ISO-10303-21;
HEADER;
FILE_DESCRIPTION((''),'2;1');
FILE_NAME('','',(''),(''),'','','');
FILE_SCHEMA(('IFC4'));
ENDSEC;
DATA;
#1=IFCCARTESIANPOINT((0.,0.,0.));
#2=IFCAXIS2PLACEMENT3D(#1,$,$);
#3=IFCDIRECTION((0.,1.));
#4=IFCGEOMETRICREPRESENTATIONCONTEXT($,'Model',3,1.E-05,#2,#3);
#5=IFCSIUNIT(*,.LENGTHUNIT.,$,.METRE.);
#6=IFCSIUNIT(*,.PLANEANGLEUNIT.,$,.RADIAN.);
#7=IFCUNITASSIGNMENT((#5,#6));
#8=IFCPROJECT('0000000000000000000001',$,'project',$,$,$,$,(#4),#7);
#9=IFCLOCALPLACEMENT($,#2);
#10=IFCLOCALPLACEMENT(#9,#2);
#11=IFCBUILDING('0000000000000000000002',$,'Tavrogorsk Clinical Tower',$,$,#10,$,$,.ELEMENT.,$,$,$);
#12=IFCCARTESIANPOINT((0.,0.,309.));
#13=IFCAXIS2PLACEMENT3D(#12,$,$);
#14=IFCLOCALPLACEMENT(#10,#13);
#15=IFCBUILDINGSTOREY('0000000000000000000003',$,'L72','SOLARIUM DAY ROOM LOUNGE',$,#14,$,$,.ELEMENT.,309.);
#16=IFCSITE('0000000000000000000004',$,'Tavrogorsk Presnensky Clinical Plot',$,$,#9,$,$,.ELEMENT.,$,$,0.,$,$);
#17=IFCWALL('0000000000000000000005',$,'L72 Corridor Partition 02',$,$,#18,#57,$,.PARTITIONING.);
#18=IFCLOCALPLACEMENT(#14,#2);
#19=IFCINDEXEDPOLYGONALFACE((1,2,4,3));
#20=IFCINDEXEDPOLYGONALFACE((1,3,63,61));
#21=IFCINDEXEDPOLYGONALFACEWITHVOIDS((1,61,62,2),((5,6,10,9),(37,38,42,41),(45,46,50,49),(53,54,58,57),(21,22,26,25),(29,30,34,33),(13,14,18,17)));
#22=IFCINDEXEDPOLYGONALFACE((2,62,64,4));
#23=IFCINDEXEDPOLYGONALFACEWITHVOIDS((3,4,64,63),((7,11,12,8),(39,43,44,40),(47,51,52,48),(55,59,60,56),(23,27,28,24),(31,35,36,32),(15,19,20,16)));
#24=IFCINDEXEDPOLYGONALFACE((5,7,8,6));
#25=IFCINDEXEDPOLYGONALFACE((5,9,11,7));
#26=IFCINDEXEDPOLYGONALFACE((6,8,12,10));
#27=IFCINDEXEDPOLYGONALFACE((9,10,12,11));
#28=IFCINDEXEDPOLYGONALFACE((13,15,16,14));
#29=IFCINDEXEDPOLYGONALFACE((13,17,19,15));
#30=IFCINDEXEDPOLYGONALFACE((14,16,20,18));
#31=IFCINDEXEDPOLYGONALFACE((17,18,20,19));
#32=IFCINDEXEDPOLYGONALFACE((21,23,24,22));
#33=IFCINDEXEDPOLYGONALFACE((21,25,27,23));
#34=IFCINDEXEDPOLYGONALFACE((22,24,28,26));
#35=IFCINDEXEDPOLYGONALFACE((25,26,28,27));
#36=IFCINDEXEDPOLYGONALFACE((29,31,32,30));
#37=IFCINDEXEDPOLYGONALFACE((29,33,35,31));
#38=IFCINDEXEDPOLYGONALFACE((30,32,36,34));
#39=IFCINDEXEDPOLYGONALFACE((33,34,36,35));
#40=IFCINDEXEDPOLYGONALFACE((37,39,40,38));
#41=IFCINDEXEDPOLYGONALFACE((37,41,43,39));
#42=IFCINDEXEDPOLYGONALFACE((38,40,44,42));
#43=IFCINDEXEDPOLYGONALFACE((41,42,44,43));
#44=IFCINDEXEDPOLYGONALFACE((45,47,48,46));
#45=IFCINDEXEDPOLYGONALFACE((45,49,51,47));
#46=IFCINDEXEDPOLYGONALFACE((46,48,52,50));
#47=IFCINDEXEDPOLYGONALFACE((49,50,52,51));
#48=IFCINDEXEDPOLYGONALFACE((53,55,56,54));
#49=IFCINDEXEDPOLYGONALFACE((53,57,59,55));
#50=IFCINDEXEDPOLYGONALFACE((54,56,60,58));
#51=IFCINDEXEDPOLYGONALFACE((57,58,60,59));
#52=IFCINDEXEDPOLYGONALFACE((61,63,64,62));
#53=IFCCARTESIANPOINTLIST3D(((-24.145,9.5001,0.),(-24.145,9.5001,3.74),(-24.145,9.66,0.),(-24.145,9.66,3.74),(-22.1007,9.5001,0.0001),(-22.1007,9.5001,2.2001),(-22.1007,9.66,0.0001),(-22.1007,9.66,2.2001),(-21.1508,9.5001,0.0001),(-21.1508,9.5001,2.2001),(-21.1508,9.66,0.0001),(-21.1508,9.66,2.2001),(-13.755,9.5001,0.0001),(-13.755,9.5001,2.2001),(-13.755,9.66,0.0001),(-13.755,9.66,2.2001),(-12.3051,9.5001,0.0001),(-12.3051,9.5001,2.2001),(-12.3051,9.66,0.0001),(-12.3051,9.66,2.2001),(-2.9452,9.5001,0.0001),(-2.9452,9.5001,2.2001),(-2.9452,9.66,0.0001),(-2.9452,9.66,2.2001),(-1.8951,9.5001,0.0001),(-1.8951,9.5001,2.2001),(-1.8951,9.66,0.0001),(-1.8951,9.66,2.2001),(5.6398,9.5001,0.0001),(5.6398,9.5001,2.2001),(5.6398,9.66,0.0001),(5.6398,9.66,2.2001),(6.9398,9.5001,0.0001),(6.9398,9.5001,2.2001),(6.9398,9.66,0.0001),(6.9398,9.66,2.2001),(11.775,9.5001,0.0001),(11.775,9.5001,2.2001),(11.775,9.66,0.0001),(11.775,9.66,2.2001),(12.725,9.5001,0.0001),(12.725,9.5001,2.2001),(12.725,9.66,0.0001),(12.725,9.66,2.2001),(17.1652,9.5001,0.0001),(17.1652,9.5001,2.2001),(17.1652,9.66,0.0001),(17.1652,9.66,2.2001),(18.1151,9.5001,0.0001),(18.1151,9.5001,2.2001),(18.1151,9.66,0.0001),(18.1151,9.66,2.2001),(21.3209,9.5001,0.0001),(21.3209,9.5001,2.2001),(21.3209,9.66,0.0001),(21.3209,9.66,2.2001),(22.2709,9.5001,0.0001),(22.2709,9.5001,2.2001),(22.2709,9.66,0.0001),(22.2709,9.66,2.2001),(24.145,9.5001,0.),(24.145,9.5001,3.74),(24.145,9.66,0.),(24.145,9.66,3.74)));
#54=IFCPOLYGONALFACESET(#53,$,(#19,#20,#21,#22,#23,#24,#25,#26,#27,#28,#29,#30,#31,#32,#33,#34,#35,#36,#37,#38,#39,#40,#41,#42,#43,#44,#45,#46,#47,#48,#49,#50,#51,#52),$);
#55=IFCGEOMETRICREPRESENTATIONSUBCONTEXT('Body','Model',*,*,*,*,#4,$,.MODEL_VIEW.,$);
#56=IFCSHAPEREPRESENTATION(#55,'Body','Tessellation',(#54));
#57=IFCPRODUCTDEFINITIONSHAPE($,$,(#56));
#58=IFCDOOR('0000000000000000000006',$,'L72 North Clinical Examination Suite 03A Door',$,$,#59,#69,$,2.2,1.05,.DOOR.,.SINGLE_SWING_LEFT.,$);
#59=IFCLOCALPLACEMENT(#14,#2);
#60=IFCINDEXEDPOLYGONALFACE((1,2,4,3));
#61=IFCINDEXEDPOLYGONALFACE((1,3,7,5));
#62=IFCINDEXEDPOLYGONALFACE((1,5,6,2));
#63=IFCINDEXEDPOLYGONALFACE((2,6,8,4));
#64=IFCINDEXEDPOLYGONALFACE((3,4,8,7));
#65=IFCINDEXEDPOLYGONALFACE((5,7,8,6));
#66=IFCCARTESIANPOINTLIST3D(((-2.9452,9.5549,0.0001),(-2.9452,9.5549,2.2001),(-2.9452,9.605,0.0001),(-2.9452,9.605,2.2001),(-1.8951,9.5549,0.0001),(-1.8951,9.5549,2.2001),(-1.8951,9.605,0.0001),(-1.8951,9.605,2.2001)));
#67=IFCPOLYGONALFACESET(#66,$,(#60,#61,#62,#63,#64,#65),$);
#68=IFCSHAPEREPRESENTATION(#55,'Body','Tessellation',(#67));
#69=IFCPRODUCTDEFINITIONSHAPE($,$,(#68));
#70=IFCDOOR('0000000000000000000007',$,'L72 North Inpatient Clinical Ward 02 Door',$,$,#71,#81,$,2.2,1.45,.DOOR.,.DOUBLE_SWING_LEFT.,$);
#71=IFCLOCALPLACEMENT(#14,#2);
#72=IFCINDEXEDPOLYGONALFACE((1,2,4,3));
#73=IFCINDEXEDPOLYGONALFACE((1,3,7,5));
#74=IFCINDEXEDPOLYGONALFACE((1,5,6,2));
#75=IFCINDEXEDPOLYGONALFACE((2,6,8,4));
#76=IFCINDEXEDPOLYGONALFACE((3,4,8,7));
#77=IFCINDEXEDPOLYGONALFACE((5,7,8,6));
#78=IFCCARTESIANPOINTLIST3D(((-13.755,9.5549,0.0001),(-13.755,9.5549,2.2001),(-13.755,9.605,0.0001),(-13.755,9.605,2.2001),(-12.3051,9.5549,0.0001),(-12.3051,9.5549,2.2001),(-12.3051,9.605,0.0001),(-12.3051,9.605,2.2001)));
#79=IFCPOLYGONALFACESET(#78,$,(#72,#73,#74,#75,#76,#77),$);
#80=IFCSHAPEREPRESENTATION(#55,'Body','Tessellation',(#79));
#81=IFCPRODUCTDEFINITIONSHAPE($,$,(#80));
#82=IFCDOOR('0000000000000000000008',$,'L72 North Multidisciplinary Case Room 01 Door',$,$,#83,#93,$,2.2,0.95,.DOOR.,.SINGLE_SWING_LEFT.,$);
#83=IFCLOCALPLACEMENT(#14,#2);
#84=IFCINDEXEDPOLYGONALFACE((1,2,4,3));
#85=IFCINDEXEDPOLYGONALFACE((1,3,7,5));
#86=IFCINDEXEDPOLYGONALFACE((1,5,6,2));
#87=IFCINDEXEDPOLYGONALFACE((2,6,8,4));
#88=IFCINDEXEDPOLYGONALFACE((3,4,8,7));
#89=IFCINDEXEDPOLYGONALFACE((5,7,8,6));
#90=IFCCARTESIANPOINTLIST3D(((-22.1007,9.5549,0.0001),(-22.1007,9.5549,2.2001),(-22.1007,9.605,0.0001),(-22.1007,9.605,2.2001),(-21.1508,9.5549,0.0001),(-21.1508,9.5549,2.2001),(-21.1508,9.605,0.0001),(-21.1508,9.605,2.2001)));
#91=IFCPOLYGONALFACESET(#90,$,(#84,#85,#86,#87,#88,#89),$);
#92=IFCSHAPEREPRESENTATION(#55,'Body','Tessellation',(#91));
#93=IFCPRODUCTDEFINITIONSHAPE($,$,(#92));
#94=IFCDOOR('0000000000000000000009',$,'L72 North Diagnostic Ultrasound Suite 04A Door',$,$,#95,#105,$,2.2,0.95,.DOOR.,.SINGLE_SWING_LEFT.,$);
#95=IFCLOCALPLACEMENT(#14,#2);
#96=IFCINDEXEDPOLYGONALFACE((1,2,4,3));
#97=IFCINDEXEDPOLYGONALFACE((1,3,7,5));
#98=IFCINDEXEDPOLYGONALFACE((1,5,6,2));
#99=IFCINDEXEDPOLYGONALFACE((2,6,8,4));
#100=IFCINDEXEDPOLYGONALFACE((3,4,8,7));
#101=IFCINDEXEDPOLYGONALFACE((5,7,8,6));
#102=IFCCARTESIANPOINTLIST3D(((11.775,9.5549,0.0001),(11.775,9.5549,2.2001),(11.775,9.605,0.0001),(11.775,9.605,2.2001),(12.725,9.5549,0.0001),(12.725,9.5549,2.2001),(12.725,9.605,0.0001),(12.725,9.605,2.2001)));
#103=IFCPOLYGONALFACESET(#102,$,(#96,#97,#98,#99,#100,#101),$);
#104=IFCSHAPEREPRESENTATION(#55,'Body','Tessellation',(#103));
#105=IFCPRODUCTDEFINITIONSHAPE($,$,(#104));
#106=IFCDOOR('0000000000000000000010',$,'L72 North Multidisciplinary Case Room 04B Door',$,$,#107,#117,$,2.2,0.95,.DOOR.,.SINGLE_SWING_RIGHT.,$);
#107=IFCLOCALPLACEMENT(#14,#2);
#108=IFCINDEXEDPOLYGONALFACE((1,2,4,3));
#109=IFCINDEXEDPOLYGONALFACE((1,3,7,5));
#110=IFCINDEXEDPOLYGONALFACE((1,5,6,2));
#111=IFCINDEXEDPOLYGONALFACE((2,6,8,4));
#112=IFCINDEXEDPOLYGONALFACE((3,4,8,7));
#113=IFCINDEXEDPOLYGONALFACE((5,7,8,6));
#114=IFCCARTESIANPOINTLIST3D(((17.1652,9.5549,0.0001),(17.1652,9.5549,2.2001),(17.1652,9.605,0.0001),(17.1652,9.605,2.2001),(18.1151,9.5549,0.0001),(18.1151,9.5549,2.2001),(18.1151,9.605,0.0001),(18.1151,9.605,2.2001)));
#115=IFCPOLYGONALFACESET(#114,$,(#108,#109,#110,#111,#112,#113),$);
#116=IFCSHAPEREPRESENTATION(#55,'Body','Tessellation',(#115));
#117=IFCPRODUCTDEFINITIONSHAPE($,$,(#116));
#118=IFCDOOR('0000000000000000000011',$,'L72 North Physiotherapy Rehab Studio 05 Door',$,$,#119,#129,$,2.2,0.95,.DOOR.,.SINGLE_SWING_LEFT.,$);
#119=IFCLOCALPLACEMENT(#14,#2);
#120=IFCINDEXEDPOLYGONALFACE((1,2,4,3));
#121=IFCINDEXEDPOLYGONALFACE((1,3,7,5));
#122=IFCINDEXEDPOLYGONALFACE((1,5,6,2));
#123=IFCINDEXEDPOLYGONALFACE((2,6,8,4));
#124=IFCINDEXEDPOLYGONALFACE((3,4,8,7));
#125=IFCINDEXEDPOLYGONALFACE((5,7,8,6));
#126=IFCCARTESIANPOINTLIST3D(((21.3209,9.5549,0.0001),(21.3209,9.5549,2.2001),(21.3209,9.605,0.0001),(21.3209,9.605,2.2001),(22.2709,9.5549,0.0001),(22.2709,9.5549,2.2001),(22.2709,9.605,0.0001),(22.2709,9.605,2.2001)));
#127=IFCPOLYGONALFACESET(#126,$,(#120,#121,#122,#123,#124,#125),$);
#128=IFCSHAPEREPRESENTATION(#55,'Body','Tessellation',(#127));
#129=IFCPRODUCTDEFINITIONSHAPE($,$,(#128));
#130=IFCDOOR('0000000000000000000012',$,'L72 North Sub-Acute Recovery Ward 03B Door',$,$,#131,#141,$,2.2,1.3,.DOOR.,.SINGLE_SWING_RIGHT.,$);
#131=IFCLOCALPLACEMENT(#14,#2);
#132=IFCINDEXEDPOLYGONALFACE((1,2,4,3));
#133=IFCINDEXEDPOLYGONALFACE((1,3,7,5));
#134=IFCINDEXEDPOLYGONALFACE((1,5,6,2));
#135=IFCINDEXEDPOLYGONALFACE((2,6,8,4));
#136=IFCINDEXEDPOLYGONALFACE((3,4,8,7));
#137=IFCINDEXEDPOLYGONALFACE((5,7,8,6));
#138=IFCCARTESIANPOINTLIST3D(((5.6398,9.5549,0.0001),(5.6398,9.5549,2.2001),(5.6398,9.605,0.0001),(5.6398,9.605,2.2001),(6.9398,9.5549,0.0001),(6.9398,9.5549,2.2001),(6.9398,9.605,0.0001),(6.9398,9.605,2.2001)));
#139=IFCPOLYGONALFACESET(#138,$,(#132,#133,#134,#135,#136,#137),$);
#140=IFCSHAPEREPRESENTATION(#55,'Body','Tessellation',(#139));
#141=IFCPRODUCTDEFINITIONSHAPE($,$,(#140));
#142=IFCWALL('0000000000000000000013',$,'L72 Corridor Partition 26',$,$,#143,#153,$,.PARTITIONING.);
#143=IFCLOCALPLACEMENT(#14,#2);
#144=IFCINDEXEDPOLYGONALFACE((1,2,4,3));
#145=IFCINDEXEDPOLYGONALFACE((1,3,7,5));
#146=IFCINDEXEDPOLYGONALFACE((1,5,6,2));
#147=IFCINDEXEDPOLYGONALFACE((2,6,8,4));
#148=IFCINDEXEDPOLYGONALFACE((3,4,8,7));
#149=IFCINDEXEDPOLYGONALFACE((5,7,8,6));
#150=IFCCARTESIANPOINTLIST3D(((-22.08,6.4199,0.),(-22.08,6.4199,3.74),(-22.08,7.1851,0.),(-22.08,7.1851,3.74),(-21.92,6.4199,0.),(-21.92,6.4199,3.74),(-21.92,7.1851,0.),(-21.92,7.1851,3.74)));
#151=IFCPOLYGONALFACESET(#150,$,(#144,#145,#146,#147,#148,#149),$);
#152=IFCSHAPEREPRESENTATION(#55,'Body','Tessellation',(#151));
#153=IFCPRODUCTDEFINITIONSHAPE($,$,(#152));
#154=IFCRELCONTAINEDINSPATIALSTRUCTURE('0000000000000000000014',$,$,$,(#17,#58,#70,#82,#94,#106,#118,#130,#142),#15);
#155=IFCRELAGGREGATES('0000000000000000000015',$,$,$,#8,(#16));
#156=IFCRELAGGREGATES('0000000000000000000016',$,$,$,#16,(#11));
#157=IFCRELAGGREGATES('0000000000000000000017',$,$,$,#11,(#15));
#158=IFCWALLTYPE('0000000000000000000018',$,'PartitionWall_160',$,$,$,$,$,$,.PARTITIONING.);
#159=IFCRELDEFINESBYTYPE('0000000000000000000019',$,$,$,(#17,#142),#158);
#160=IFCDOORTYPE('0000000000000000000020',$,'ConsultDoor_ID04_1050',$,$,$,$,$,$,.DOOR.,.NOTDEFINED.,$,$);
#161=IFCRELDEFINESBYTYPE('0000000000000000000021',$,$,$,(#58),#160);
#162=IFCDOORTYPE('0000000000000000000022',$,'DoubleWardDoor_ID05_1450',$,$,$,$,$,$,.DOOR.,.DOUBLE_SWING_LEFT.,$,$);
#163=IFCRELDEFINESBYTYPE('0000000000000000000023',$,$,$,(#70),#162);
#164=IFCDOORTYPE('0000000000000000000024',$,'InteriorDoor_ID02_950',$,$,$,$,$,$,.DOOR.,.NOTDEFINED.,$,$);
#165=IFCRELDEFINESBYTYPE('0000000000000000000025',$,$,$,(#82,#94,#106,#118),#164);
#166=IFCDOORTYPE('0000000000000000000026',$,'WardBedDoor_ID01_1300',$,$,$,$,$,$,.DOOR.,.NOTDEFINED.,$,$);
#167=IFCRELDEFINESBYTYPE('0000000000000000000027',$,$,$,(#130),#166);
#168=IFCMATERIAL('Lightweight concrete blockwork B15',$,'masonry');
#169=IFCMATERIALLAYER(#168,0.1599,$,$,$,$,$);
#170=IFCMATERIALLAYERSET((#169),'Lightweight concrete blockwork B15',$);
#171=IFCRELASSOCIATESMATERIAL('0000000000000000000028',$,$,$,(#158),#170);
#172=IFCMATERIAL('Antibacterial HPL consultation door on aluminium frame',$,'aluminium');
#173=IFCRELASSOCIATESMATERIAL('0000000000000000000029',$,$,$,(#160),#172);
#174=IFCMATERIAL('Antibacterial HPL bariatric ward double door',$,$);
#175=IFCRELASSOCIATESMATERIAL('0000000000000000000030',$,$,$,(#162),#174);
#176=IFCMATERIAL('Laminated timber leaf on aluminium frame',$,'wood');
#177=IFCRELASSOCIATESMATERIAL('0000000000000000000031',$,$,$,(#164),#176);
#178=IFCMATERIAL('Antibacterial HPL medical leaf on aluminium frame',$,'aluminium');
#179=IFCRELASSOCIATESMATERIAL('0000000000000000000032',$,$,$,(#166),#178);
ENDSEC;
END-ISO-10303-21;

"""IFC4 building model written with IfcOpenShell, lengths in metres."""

from ifc_helpers import new_model, si_unit, direction, frame, frame_2d, origin, place, context, subcontext, project, spatial, rectangle, extrude, material, layer, layer_set, type_object, element, fill, save


model = new_model("IFC4")

# Units and contexts
model_context = context("Model", 3, precision=1e-05, world=origin(), true_north=direction((0.0, 1.0)))
body_context = subcontext(model_context, "Body", "Model", "MODEL_VIEW")
ifc_project = project(units=[si_unit("LENGTHUNIT", "METRE"), si_unit("PLANEANGLEUNIT", "RADIAN")], contexts=[model_context])

# Site, building, storey
site_placement = place(None, origin())
site = spatial("IfcSite", under=ifc_project, at=site_placement, Name="Tavrogorsk Presnensky Clinical Plot", CompositionType="ELEMENT", RefElevation=0.0)
building_placement = place(site_placement, origin())
building = spatial("IfcBuilding", under=site, at=building_placement, Name="Tavrogorsk Clinical Tower", CompositionType="ELEMENT")
storey_placement = place(building_placement, frame((0.0, 0.0, 309.0)))
storey = spatial("IfcBuildingStorey", under=building, at=storey_placement, Name="L72", Description="SOLARIUM DAY ROOM LOUNGE", CompositionType="ELEMENT", Elevation=309.0)

# Wall, openings, doors
ifc_material_1 = material(Name="Lightweight concrete blockwork B15", Category="masonry")
ifc_layer_1 = layer(ifc_material_1, 0.1599)
ifc_layer_set_1 = layer_set([ifc_layer_1], Name="Lightweight concrete blockwork B15")
wall_type_1 = type_object("IfcWallType", Name="PartitionWall_160", PredefinedType="PARTITIONING", material=ifc_layer_set_1)
wall_1_placement = place(storey_placement, frame((-24.145, 9.5801, 0.0), z_axis=(0.0, 0.0, 1.0), x_axis=(1.0, 0.0, 0.0)))
wall_1 = element("IfcWall", 1, at=wall_1_placement, inside=storey, type_object=wall_type_1, Name="L72 Corridor Partition 02", PredefinedType="PARTITIONING", context=body_context, shape_type="SweptSolid", body=[
    extrude(rectangle(XDim=48.29, YDim=0.1599, at=frame_2d((24.145, 0.0))), origin(), (0.0, 0.0, 1.0), 3.74),
])
opening_1_placement = place(wall_1_placement, frame((2.0442, 0.0, 0.0)))
opening_1 = element("IfcOpeningElement", 2, at=opening_1_placement, cuts=wall_1, PredefinedType="OPENING", context=body_context, shape_type="SweptSolid", body=[
    extrude(rectangle(XDim=0.95, YDim=2.2, at=frame_2d((0.4751, 1.1001))), frame((0.0, 0.0898, 0.0), z_axis=(0.0, -1.0, 0.0), x_axis=(1.0, 0.0, 0.0)), (0.0, 0.0, 1.0), 0.1799),
])
opening_2_placement = place(wall_1_placement, frame((10.3899, 0.0, 0.0)))
opening_2 = element("IfcOpeningElement", 3, at=opening_2_placement, cuts=wall_1, PredefinedType="OPENING", context=body_context, shape_type="SweptSolid", body=[
    extrude(rectangle(XDim=1.45, YDim=2.2, at=frame_2d((0.7251, 1.1001))), frame((0.0, 0.0898, 0.0), z_axis=(0.0, -1.0, 0.0), x_axis=(1.0, 0.0, 0.0)), (0.0, 0.0, 1.0), 0.1799),
])
opening_3_placement = place(wall_1_placement, frame((21.2, 0.0, 0.0)))
opening_3 = element("IfcOpeningElement", 4, at=opening_3_placement, cuts=wall_1, PredefinedType="OPENING", context=body_context, shape_type="SweptSolid", body=[
    extrude(rectangle(XDim=1.05, YDim=2.2, at=frame_2d((0.5249, 1.1001))), frame((0.0, 0.0898, 0.0), z_axis=(0.0, -1.0, 0.0), x_axis=(1.0, 0.0, 0.0)), (0.0, 0.0, 1.0), 0.1799),
])
opening_4_placement = place(wall_1_placement, frame((29.7849, 0.0, 0.0)))
opening_4 = element("IfcOpeningElement", 5, at=opening_4_placement, cuts=wall_1, PredefinedType="OPENING", context=body_context, shape_type="SweptSolid", body=[
    extrude(rectangle(XDim=1.3, YDim=2.2, at=frame_2d((0.6499, 1.1001))), frame((0.0, 0.0898, 0.0), z_axis=(0.0, -1.0, 0.0), x_axis=(1.0, 0.0, 0.0)), (0.0, 0.0, 1.0), 0.1799),
])
opening_5_placement = place(wall_1_placement, frame((35.9199, 0.0, 0.0)))
opening_5 = element("IfcOpeningElement", 6, at=opening_5_placement, cuts=wall_1, PredefinedType="OPENING", context=body_context, shape_type="SweptSolid", body=[
    extrude(rectangle(XDim=0.95, YDim=2.2, at=frame_2d((0.4751, 1.1001))), frame((0.0, 0.0898, 0.0), z_axis=(0.0, -1.0, 0.0), x_axis=(1.0, 0.0, 0.0)), (0.0, 0.0, 1.0), 0.1799),
])
opening_6_placement = place(wall_1_placement, frame((41.3101, 0.0, 0.0)))
opening_6 = element("IfcOpeningElement", 7, at=opening_6_placement, cuts=wall_1, PredefinedType="OPENING", context=body_context, shape_type="SweptSolid", body=[
    extrude(rectangle(XDim=0.95, YDim=2.2, at=frame_2d((0.4751, 1.1001))), frame((0.0, 0.0898, 0.0), z_axis=(0.0, -1.0, 0.0), x_axis=(1.0, 0.0, 0.0)), (0.0, 0.0, 1.0), 0.1799),
])
opening_7_placement = place(wall_1_placement, frame((45.4658, 0.0, 0.0)))
opening_7 = element("IfcOpeningElement", 8, at=opening_7_placement, cuts=wall_1, PredefinedType="OPENING", context=body_context, shape_type="SweptSolid", body=[
    extrude(rectangle(XDim=0.95, YDim=2.2, at=frame_2d((0.4751, 1.1001))), frame((0.0, 0.0898, 0.0), z_axis=(0.0, -1.0, 0.0), x_axis=(1.0, 0.0, 0.0)), (0.0, 0.0, 1.0), 0.1799),
])
ifc_material_2 = material(Name="Antibacterial HPL consultation door on aluminium frame", Category="aluminium")
door_type_1 = type_object("IfcDoorType", Name="ConsultDoor_ID04_1050", OperationType="NOTDEFINED", PredefinedType="DOOR", material=ifc_material_2)
door_1_placement = place(opening_3_placement, origin())
door_1 = element("IfcDoor", 9, at=door_1_placement, inside=storey, type_object=door_type_1, Name="L72 North Clinical Examination Suite 03A Door", OperationType="SINGLE_SWING_LEFT", OverallHeight=2.2, OverallWidth=1.05, PredefinedType="DOOR", context=body_context, shape_type="SweptSolid", body=[
    extrude(rectangle(XDim=1.05, YDim=2.2, at=frame_2d((0.5249, 1.1001))), frame((0.0, 0.0249, 0.0), z_axis=(0.0, -1.0, 0.0), x_axis=(1.0, 0.0, 0.0)), (0.0, 0.0, 1.0), 0.05),
])
fill(opening_3, door_1)
ifc_material_3 = material(Name="Antibacterial HPL bariatric ward double door")
door_type_2 = type_object("IfcDoorType", Name="DoubleWardDoor_ID05_1450", OperationType="DOUBLE_SWING_LEFT", PredefinedType="DOOR", material=ifc_material_3)
door_2_placement = place(opening_2_placement, origin())
door_2 = element("IfcDoor", 10, at=door_2_placement, inside=storey, type_object=door_type_2, Name="L72 North Inpatient Clinical Ward 02 Door", OperationType="DOUBLE_SWING_LEFT", OverallHeight=2.2, OverallWidth=1.45, PredefinedType="DOOR", context=body_context, shape_type="SweptSolid", body=[
    extrude(rectangle(XDim=1.45, YDim=2.2, at=frame_2d((0.7251, 1.1001))), frame((0.0, 0.0249, 0.0), z_axis=(0.0, -1.0, 0.0), x_axis=(1.0, 0.0, 0.0)), (0.0, 0.0, 1.0), 0.05),
])
fill(opening_2, door_2)
ifc_material_4 = material(Name="Laminated timber leaf on aluminium frame", Category="wood")
door_type_3 = type_object("IfcDoorType", Name="InteriorDoor_ID02_950", OperationType="NOTDEFINED", PredefinedType="DOOR", material=ifc_material_4)
door_3_placement = place(opening_1_placement, origin())
door_3 = element("IfcDoor", 11, at=door_3_placement, inside=storey, type_object=door_type_3, Name="L72 North Multidisciplinary Case Room 01 Door", OperationType="SINGLE_SWING_LEFT", OverallHeight=2.2, OverallWidth=0.95, PredefinedType="DOOR", context=body_context, shape_type="SweptSolid", body=[
    extrude(rectangle(XDim=0.95, YDim=2.2, at=frame_2d((0.4751, 1.1001))), frame((0.0, 0.0249, 0.0), z_axis=(0.0, -1.0, 0.0), x_axis=(1.0, 0.0, 0.0)), (0.0, 0.0, 1.0), 0.05),
])
fill(opening_1, door_3)
door_4_placement = place(opening_5_placement, origin())
door_4 = element("IfcDoor", 12, at=door_4_placement, inside=storey, type_object=door_type_3, Name="L72 North Diagnostic Ultrasound Suite 04A Door", OperationType="SINGLE_SWING_LEFT", OverallHeight=2.2, OverallWidth=0.95, PredefinedType="DOOR", context=body_context, shape_type="SweptSolid", body=[
    extrude(rectangle(XDim=0.95, YDim=2.2, at=frame_2d((0.4751, 1.1001))), frame((0.0, 0.0249, 0.0), z_axis=(0.0, -1.0, 0.0), x_axis=(1.0, 0.0, 0.0)), (0.0, 0.0, 1.0), 0.05),
])
fill(opening_5, door_4)
door_5_placement = place(opening_6_placement, origin())
door_5 = element("IfcDoor", 13, at=door_5_placement, inside=storey, type_object=door_type_3, Name="L72 North Multidisciplinary Case Room 04B Door", OperationType="SINGLE_SWING_RIGHT", OverallHeight=2.2, OverallWidth=0.95, PredefinedType="DOOR", context=body_context, shape_type="SweptSolid", body=[
    extrude(rectangle(XDim=0.95, YDim=2.2, at=frame_2d((0.4751, 1.1001))), frame((0.0, 0.0249, 0.0), z_axis=(0.0, -1.0, 0.0), x_axis=(1.0, 0.0, 0.0)), (0.0, 0.0, 1.0), 0.05),
])
fill(opening_6, door_5)
door_6_placement = place(opening_7_placement, origin())
door_6 = element("IfcDoor", 14, at=door_6_placement, inside=storey, type_object=door_type_3, Name="L72 North Physiotherapy Rehab Studio 05 Door", OperationType="SINGLE_SWING_LEFT", OverallHeight=2.2, OverallWidth=0.95, PredefinedType="DOOR", context=body_context, shape_type="SweptSolid", body=[
    extrude(rectangle(XDim=0.95, YDim=2.2, at=frame_2d((0.4751, 1.1001))), frame((0.0, 0.0249, 0.0), z_axis=(0.0, -1.0, 0.0), x_axis=(1.0, 0.0, 0.0)), (0.0, 0.0, 1.0), 0.05),
])
fill(opening_7, door_6)
ifc_material_5 = material(Name="Antibacterial HPL medical leaf on aluminium frame", Category="aluminium")
door_type_4 = type_object("IfcDoorType", Name="WardBedDoor_ID01_1300", OperationType="NOTDEFINED", PredefinedType="DOOR", material=ifc_material_5)
door_7_placement = place(opening_4_placement, origin())
door_7 = element("IfcDoor", 15, at=door_7_placement, inside=storey, type_object=door_type_4, Name="L72 North Sub-Acute Recovery Ward 03B Door", OperationType="SINGLE_SWING_RIGHT", OverallHeight=2.2, OverallWidth=1.3, PredefinedType="DOOR", context=body_context, shape_type="SweptSolid", body=[
    extrude(rectangle(XDim=1.3, YDim=2.2, at=frame_2d((0.6499, 1.1001))), frame((0.0, 0.0249, 0.0), z_axis=(0.0, -1.0, 0.0), x_axis=(1.0, 0.0, 0.0)), (0.0, 0.0, 1.0), 0.05),
])
fill(opening_4, door_7)

# Wall
wall_2_placement = place(storey_placement, frame((-22.0, 7.1851, 0.0), z_axis=(0.0, 0.0, 1.0), x_axis=(0.0, -1.0, 0.0)))
element("IfcWall", 16, at=wall_2_placement, inside=storey, type_object=wall_type_1, Name="L72 Corridor Partition 26", PredefinedType="PARTITIONING", context=body_context, shape_type="SweptSolid", body=[
    extrude(rectangle(XDim=0.7651, YDim=0.1599, at=frame_2d((0.3826, 0.0))), origin(), (0.0, 0.0, 1.0), 3.74),
])

save(model, "model.ifc")
